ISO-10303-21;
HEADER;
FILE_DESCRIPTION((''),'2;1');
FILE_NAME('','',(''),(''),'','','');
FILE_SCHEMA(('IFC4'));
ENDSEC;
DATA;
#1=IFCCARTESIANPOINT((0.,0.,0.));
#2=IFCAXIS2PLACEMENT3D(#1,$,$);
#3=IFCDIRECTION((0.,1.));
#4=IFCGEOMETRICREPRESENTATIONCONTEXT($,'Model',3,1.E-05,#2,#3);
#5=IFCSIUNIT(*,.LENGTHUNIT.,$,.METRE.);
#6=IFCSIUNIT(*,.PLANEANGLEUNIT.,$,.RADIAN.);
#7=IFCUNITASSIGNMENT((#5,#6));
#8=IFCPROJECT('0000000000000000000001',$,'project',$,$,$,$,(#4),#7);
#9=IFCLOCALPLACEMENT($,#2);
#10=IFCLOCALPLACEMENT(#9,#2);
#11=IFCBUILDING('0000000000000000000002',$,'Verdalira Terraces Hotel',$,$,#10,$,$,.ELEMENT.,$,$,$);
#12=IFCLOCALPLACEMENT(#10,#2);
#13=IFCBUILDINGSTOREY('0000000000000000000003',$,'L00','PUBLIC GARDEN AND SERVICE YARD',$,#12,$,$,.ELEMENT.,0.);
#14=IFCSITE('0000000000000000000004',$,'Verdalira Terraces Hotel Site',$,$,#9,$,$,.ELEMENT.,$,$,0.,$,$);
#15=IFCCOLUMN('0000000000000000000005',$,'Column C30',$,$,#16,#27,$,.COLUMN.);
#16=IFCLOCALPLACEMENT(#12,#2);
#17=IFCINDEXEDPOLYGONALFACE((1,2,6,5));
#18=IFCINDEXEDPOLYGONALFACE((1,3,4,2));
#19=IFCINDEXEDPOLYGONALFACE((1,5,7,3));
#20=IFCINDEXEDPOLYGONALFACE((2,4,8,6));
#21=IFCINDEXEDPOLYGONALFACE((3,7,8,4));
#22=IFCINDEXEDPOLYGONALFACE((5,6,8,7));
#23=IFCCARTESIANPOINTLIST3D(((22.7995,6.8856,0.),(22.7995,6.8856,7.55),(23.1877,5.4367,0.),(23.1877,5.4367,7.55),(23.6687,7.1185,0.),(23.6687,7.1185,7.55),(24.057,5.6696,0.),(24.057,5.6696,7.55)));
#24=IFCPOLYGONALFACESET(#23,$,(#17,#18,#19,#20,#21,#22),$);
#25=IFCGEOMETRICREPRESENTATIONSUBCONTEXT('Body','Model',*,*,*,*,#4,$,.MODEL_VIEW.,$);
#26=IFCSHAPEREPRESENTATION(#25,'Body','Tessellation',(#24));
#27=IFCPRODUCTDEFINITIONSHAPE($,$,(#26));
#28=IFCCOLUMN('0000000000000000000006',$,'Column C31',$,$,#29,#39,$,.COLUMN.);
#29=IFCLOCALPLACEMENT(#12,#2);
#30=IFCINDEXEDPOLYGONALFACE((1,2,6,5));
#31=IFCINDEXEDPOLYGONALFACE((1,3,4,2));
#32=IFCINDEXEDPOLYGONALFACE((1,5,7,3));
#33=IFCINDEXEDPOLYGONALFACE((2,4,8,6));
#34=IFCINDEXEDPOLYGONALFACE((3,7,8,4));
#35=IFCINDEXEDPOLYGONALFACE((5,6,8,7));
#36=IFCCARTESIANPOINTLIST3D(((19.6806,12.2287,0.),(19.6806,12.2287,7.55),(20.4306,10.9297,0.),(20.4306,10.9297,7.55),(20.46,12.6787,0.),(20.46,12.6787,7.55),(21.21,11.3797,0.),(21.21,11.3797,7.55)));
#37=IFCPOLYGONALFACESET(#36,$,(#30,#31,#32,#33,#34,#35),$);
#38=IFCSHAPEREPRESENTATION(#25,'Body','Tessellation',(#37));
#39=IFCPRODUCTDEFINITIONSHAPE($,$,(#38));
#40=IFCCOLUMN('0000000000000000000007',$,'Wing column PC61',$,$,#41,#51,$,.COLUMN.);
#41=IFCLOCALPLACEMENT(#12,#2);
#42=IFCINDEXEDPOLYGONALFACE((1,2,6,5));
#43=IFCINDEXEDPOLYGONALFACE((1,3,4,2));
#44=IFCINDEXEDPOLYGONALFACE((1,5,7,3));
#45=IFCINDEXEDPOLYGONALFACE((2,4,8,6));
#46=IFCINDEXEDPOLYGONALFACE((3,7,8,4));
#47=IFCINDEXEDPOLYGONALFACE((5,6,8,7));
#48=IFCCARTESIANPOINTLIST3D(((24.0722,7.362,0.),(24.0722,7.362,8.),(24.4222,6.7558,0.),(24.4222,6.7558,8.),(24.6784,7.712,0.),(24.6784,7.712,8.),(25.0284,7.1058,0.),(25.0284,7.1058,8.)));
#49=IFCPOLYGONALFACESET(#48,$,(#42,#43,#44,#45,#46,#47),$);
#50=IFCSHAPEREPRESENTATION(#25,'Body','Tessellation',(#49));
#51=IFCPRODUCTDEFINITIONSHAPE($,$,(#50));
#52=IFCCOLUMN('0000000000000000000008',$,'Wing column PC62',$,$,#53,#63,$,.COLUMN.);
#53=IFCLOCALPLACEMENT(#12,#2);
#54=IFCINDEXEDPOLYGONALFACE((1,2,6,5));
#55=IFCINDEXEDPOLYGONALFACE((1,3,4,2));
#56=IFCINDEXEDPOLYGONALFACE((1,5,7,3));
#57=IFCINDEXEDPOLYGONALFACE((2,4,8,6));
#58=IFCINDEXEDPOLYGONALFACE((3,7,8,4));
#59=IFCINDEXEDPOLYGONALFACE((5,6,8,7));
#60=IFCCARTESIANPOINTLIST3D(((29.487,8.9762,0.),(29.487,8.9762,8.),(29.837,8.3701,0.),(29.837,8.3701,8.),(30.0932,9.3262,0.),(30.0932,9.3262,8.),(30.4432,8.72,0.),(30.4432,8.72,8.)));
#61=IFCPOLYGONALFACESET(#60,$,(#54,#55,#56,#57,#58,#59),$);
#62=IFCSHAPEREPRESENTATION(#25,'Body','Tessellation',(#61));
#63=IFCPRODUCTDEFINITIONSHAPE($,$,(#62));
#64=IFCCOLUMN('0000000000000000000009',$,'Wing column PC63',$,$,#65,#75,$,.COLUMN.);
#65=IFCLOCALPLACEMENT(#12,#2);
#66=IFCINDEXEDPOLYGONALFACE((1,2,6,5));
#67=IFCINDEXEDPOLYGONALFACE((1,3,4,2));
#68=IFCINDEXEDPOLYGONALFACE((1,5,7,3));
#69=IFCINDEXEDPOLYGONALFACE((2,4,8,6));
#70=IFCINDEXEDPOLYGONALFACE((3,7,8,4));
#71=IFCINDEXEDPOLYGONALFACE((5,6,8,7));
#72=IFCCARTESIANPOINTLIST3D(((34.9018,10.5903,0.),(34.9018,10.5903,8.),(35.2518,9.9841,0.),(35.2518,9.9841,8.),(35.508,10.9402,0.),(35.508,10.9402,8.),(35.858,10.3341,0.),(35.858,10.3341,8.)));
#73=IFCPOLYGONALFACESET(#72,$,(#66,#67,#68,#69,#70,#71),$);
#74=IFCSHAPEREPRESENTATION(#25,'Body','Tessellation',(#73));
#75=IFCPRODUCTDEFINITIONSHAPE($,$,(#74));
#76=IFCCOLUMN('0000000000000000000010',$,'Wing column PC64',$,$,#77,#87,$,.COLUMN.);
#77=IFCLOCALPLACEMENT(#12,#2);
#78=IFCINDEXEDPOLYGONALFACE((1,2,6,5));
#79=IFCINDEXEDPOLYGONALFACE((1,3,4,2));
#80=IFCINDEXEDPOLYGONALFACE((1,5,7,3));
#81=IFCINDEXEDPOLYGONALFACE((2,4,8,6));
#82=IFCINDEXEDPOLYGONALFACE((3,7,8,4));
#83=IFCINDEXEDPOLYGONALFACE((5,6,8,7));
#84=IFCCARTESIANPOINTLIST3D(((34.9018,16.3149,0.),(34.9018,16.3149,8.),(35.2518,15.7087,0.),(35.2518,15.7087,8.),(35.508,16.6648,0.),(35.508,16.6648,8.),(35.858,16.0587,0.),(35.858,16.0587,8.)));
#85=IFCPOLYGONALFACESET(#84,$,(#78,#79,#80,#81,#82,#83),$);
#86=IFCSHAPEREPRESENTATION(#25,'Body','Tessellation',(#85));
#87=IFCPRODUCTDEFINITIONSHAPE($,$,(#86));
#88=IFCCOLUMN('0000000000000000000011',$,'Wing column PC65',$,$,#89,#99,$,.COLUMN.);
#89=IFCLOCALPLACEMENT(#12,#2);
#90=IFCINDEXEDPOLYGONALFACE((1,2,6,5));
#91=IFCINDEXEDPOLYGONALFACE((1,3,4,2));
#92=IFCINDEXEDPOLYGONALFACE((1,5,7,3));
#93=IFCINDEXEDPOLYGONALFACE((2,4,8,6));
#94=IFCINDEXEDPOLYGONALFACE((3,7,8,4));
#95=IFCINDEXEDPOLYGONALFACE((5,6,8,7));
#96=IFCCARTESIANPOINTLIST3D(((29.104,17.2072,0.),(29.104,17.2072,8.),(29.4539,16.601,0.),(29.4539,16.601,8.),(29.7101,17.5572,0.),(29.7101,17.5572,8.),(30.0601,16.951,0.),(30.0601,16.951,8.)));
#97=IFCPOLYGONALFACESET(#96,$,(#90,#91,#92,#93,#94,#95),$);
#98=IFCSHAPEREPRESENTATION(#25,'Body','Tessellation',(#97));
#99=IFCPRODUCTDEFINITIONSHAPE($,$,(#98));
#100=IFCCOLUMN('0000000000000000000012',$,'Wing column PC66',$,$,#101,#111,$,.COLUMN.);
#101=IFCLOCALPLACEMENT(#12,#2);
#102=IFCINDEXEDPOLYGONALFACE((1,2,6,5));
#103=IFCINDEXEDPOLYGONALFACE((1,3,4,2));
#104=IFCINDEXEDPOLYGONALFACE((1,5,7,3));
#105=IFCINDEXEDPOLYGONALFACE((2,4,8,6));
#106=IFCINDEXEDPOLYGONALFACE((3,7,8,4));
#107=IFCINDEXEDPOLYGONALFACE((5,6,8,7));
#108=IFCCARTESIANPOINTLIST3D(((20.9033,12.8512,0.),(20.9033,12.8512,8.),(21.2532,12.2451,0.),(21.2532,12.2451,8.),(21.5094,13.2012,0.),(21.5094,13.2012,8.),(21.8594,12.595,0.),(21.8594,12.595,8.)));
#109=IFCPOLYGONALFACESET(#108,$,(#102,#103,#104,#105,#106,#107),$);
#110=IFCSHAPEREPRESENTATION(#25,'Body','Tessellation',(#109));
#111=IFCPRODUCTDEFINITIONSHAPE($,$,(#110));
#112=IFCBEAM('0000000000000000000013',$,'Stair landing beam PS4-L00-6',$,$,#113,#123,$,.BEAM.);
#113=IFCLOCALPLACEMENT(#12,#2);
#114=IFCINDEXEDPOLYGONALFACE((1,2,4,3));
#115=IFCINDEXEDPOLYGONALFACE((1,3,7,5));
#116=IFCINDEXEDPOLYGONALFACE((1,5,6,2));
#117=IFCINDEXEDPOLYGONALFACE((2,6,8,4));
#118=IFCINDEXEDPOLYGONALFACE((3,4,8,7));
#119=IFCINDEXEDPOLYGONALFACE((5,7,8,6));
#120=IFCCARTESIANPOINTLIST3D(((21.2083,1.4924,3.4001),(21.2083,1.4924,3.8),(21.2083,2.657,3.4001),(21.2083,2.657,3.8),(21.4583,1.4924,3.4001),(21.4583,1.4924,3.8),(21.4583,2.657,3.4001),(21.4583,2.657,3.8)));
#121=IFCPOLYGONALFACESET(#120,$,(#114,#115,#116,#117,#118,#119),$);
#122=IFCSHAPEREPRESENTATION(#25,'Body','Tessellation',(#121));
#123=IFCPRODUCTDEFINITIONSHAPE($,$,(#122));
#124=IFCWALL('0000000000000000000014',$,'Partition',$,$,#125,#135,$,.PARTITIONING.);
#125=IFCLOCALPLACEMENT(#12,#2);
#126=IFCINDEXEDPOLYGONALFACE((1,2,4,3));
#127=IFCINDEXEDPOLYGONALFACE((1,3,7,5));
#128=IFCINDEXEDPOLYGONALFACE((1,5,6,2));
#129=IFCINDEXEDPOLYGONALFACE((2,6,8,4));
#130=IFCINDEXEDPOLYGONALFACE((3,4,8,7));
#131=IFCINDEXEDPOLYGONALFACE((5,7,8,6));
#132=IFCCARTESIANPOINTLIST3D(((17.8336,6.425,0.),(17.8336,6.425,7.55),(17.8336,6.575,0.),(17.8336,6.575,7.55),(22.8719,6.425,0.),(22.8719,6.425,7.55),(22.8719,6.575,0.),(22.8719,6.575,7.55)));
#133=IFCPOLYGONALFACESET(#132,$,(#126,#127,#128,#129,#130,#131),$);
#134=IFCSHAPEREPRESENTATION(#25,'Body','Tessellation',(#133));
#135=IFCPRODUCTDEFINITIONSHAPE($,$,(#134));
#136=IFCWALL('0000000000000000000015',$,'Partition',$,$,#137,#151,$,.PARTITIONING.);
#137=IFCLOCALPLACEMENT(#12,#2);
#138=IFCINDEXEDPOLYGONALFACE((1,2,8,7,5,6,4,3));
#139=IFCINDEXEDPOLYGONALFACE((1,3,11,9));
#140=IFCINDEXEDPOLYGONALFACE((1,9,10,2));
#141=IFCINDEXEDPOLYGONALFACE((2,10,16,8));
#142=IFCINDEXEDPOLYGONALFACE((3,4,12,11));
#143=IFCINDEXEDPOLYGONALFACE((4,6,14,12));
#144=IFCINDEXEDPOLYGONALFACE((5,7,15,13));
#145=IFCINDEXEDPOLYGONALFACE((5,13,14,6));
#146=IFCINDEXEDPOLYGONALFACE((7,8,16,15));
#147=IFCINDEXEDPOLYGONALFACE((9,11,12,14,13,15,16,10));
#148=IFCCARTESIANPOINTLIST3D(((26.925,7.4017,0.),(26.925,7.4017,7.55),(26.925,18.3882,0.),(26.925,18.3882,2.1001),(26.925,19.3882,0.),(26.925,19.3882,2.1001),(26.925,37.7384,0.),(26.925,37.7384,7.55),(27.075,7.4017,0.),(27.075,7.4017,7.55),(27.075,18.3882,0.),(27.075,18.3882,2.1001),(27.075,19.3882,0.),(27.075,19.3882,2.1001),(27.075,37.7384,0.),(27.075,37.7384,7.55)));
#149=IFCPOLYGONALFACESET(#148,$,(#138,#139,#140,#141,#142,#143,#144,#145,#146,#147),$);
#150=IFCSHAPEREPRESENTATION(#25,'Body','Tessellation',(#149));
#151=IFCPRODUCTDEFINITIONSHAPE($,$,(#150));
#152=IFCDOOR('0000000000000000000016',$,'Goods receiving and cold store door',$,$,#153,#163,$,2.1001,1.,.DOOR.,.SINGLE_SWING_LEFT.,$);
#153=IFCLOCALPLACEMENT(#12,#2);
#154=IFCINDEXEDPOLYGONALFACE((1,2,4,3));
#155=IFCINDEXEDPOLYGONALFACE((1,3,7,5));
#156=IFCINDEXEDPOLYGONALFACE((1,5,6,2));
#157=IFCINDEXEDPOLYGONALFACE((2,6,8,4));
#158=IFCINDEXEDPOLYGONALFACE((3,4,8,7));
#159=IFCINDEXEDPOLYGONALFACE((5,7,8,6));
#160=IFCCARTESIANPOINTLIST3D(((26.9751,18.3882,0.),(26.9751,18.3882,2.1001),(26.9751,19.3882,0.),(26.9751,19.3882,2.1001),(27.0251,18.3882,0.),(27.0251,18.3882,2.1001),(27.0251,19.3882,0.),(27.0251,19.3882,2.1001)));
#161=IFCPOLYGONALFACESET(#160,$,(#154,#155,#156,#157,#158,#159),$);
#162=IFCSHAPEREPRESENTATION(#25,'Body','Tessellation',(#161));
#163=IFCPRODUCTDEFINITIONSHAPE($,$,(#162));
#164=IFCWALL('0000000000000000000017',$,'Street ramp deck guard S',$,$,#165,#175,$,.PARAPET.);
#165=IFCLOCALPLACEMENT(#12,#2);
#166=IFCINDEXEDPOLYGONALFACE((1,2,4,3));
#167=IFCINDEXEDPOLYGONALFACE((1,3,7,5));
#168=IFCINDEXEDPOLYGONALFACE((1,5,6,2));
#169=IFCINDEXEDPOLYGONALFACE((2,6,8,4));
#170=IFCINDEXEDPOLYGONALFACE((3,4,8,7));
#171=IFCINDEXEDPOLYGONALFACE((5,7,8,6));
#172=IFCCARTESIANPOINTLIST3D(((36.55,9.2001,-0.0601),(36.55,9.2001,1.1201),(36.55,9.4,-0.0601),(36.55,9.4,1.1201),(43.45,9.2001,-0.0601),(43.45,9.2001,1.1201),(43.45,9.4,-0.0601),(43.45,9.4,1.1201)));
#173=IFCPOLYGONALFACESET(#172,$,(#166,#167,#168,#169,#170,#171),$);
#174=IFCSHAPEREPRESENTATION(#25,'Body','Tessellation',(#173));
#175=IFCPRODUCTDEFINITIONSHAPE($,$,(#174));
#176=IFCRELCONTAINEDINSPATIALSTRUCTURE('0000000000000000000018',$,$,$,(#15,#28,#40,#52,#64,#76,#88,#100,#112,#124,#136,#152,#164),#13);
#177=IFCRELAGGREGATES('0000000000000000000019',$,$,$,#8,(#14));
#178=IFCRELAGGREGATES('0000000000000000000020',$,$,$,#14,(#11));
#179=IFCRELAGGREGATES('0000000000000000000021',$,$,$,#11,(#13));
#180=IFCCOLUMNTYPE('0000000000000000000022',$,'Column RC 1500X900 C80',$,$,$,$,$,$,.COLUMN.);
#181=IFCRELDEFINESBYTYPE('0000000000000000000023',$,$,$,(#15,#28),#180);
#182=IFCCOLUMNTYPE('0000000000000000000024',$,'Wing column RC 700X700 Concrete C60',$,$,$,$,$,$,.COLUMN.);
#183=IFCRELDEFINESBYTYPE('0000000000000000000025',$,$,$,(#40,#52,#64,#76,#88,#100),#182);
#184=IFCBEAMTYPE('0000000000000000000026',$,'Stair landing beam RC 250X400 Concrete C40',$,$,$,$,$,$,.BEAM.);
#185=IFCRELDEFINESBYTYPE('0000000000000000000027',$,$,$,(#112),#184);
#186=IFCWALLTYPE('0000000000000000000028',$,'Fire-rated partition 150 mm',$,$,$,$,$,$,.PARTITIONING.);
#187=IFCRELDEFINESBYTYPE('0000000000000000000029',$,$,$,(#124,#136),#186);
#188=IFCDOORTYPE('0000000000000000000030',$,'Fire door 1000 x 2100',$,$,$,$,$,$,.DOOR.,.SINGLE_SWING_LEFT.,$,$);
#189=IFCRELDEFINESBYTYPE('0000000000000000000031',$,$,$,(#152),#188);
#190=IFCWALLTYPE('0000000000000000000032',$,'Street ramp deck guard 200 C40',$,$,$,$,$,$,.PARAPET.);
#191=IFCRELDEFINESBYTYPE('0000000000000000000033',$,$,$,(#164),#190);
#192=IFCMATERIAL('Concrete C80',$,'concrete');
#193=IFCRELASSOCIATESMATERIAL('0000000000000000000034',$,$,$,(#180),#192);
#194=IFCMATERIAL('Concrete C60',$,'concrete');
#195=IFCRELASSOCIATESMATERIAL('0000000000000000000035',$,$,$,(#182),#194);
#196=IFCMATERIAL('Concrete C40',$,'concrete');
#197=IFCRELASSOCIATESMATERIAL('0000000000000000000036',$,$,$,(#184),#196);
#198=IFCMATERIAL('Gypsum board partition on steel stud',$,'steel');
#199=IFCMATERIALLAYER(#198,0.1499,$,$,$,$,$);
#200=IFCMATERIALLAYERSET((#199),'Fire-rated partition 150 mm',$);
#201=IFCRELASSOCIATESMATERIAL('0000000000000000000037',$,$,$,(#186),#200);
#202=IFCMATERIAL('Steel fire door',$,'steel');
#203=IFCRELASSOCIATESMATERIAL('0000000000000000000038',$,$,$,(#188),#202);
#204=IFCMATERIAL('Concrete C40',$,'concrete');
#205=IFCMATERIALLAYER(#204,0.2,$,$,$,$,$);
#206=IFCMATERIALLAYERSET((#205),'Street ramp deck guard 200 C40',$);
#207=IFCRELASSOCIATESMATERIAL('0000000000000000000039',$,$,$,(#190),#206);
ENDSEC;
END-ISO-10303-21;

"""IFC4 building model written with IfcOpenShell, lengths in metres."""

from ifc_helpers import new_model, si_unit, direction, frame, frame_2d, origin, origin_2d, place, context, subcontext, project, spatial, rectangle, extrude, material, layer, layer_set, material_profile, profile_set, type_object, element, fill, save


model = new_model("IFC4")

# Units and contexts
model_context = context("Model", 3, precision=1e-05, world=origin(), true_north=direction((0.0, 1.0)))
body_context = subcontext(model_context, "Body", "Model", "MODEL_VIEW")
ifc_project = project(units=[si_unit("LENGTHUNIT", "METRE"), si_unit("PLANEANGLEUNIT", "RADIAN")], contexts=[model_context])

# Site, building, storey
site_placement = place(None, origin())
site = spatial("IfcSite", under=ifc_project, at=site_placement, Name="Verdalira Terraces Hotel Site", CompositionType="ELEMENT", RefElevation=0.0)
building_placement = place(site_placement, origin())
building = spatial("IfcBuilding", under=site, at=building_placement, Name="Verdalira Terraces Hotel", CompositionType="ELEMENT")
storey_placement = place(building_placement, origin())
storey = spatial("IfcBuildingStorey", under=building, at=storey_placement, Name="L00", Description="PUBLIC GARDEN AND SERVICE YARD", CompositionType="ELEMENT", Elevation=0.0)

# Columns
ifc_material_1 = material(Name="Concrete C80", Category="concrete")
ifc_material_profile_1 = material_profile(ifc_material_1, rectangle(XDim=1.5, YDim=0.8999, at=origin_2d()), Name="RC 1500X900")
ifc_profile_set_1 = profile_set([ifc_material_profile_1], Name="Concrete C80")
column_type_1 = type_object("IfcColumnType", Name="Column RC 1500X900 C80", PredefinedType="COLUMN", material=ifc_profile_set_1)
for number, where, z_axis, x_axis, name in (
    (1, (23.4282, 6.2776, 0.0), (0.0, 0.0, 1.0), (0.258819, -0.965926, 0.0), "Column C30"),
    (2, (20.4453, 11.8042, 0.0), (0.0, 0.0, 1.0), (-0.5, 0.866025, 0.0), "Column C31"),
):
    element("IfcColumn", number, at=place(storey_placement, frame(where, z_axis=z_axis, x_axis=x_axis)), inside=storey, type_object=column_type_1, Name=name, PredefinedType="COLUMN", context=body_context, shape_type="SweptSolid", body=[
        extrude(rectangle(XDim=1.5, YDim=0.8999, at=origin_2d()), origin(), (0.0, 0.0, 1.0), 7.55),
    ])
ifc_material_2 = material(Name="Concrete C60", Category="concrete")
ifc_material_profile_2 = material_profile(ifc_material_2, rectangle(XDim=0.7, YDim=0.7, at=origin_2d()), Name="RC 700X700")
ifc_profile_set_2 = profile_set([ifc_material_profile_2], Name="Concrete C60")
column_type_2 = type_object("IfcColumnType", Name="Wing column RC 700X700 Concrete C60", PredefinedType="COLUMN", material=ifc_profile_set_2)
for number, where, z_axis, x_axis, name in (
    (3, (24.5503, 7.2339, 0.0), (0.0, 0.0, 1.0), (0.866025, 0.5, 0.0), "Wing column PC61"),
    (4, (29.9651, 8.8481, 0.0), (0.0, 0.0, 1.0), (0.866025, 0.5, 0.0), "Wing column PC62"),
    (5, (35.3799, 10.4622, 0.0), (0.0, 0.0, 1.0), (0.866025, 0.5, 0.0), "Wing column PC63"),
    (6, (35.3799, 16.1868, 0.0), (0.0, 0.0, 1.0), (0.866025, 0.5, 0.0), "Wing column PC64"),
    (7, (29.582, 17.0791, 0.0), (0.0, 0.0, 1.0), (0.866025, 0.5, 0.0), "Wing column PC65"),
    (8, (21.3813, 12.7231, 0.0), (0.0, 0.0, 1.0), (0.866025, 0.5, 0.0), "Wing column PC66"),
):
    element("IfcColumn", number, at=place(storey_placement, frame(where, z_axis=z_axis, x_axis=x_axis)), inside=storey, type_object=column_type_2, Name=name, PredefinedType="COLUMN", context=body_context, shape_type="SweptSolid", body=[
        extrude(rectangle(XDim=0.7, YDim=0.7, at=origin_2d()), origin(), (0.0, 0.0, 1.0), 8.0),
    ])

# Beam
ifc_material_3 = material(Name="Concrete C40", Category="concrete")
ifc_material_profile_3 = material_profile(ifc_material_3, rectangle(XDim=0.25, YDim=0.3999, at=origin_2d()), Name="RC 250X400")
ifc_profile_set_3 = profile_set([ifc_material_profile_3], Name="Concrete C40")
beam_type = type_object("IfcBeamType", Name="Stair landing beam RC 250X400 Concrete C40", PredefinedType="BEAM", material=ifc_profile_set_3)
beam_placement = place(storey_placement, frame((21.3333, 2.657, 3.6001), z_axis=(0.0, -1.0, 0.0), x_axis=(1.0, 0.0, 0.0)))
element("IfcBeam", 9, at=beam_placement, inside=storey, type_object=beam_type, Name="Stair landing beam PS4-L00-6", PredefinedType="BEAM", context=body_context, shape_type="SweptSolid", body=[
    extrude(rectangle(XDim=0.25, YDim=0.3999, at=origin_2d()), origin(), (0.0, 0.0, 1.0), 1.1646),
])

# Wall
ifc_material_4 = material(Name="Gypsum board partition on steel stud", Category="steel")
ifc_layer_1 = layer(ifc_material_4, 0.1499)
ifc_layer_set_1 = layer_set([ifc_layer_1], Name="Fire-rated partition 150 mm")
wall_type_1 = type_object("IfcWallType", Name="Fire-rated partition 150 mm", PredefinedType="PARTITIONING", material=ifc_layer_set_1)
wall_1_placement = place(storey_placement, frame((22.8718, 6.5, 0.0), z_axis=(0.0, 0.0, 1.0), x_axis=(-1.0, 0.0, 0.0)))
element("IfcWall", 10, at=wall_1_placement, inside=storey, type_object=wall_type_1, Name="Partition", PredefinedType="PARTITIONING", context=body_context, shape_type="SweptSolid", body=[
    extrude(rectangle(XDim=5.0383, YDim=0.1499, at=frame_2d((2.519, 0.0))), origin(), (0.0, 0.0, 1.0), 7.55),
])

# Wall, opening, door
wall_2_placement = place(storey_placement, frame((27.0, 7.4016, 0.0), z_axis=(0.0, 0.0, 1.0), x_axis=(0.0, 1.0, 0.0)))
wall_2 = element("IfcWall", 11, at=wall_2_placement, inside=storey, type_object=wall_type_1, Name="Partition", PredefinedType="PARTITIONING", context=body_context, shape_type="SweptSolid", body=[
    extrude(rectangle(XDim=30.3367, YDim=0.1499, at=frame_2d((15.1685, 0.0))), origin(), (0.0, 0.0, 1.0), 7.55),
])
opening_1_placement = place(wall_2_placement, frame((10.9866, 0.0, 0.0)))
opening_1 = element("IfcOpeningElement", 12, at=opening_1_placement, cuts=wall_2, PredefinedType="OPENING", context=body_context, shape_type="SweptSolid", body=[
    extrude(rectangle(XDim=1.0, YDim=2.1001, at=frame_2d((0.5, 1.05))), frame((0.0, 0.085, 0.0), z_axis=(0.0, -1.0, 0.0), x_axis=(1.0, 0.0, 0.0)), (0.0, 0.0, 1.0), 0.1699),
])
ifc_material_5 = material(Name="Steel fire door", Category="steel")
door_type_1 = type_object("IfcDoorType", Name="Fire door 1000 x 2100", OperationType="SINGLE_SWING_LEFT", PredefinedType="DOOR", material=ifc_material_5)
door_1_placement = place(opening_1_placement, origin())
door_1 = element("IfcDoor", 13, at=door_1_placement, inside=storey, type_object=door_type_1, Name="Goods receiving and cold store door", OperationType="SINGLE_SWING_LEFT", OverallHeight=2.1001, OverallWidth=1.0, PredefinedType="DOOR", context=body_context, shape_type="SweptSolid", body=[
    extrude(rectangle(XDim=1.0, YDim=2.1001, at=frame_2d((0.5, 1.05))), frame((0.0, 0.0249, 0.0), z_axis=(0.0, -1.0, 0.0), x_axis=(1.0, 0.0, 0.0)), (0.0, 0.0, 1.0), 0.05),
])
fill(opening_1, door_1)

# Wall
ifc_material_6 = material(Name="Concrete C40", Category="concrete")
ifc_layer_2 = layer(ifc_material_6, 0.2)
ifc_layer_set_2 = layer_set([ifc_layer_2], Name="Street ramp deck guard 200 C40")
wall_type_2 = type_object("IfcWallType", Name="Street ramp deck guard 200 C40", PredefinedType="PARAPET", material=ifc_layer_set_2)
wall_3_placement = place(storey_placement, frame((36.55, 9.3, -0.0601), z_axis=(0.0, 0.0, 1.0), x_axis=(1.0, 0.0, 0.0)))
element("IfcWall", 14, at=wall_3_placement, inside=storey, type_object=wall_type_2, Name="Street ramp deck guard S", PredefinedType="PARAPET", context=body_context, shape_type="SweptSolid", body=[
    extrude(rectangle(XDim=6.8999, YDim=0.2, at=frame_2d((3.45, 0.0))), origin(), (0.0, 0.0, 1.0), 1.1802),
])

save(model, "model.ifc")
